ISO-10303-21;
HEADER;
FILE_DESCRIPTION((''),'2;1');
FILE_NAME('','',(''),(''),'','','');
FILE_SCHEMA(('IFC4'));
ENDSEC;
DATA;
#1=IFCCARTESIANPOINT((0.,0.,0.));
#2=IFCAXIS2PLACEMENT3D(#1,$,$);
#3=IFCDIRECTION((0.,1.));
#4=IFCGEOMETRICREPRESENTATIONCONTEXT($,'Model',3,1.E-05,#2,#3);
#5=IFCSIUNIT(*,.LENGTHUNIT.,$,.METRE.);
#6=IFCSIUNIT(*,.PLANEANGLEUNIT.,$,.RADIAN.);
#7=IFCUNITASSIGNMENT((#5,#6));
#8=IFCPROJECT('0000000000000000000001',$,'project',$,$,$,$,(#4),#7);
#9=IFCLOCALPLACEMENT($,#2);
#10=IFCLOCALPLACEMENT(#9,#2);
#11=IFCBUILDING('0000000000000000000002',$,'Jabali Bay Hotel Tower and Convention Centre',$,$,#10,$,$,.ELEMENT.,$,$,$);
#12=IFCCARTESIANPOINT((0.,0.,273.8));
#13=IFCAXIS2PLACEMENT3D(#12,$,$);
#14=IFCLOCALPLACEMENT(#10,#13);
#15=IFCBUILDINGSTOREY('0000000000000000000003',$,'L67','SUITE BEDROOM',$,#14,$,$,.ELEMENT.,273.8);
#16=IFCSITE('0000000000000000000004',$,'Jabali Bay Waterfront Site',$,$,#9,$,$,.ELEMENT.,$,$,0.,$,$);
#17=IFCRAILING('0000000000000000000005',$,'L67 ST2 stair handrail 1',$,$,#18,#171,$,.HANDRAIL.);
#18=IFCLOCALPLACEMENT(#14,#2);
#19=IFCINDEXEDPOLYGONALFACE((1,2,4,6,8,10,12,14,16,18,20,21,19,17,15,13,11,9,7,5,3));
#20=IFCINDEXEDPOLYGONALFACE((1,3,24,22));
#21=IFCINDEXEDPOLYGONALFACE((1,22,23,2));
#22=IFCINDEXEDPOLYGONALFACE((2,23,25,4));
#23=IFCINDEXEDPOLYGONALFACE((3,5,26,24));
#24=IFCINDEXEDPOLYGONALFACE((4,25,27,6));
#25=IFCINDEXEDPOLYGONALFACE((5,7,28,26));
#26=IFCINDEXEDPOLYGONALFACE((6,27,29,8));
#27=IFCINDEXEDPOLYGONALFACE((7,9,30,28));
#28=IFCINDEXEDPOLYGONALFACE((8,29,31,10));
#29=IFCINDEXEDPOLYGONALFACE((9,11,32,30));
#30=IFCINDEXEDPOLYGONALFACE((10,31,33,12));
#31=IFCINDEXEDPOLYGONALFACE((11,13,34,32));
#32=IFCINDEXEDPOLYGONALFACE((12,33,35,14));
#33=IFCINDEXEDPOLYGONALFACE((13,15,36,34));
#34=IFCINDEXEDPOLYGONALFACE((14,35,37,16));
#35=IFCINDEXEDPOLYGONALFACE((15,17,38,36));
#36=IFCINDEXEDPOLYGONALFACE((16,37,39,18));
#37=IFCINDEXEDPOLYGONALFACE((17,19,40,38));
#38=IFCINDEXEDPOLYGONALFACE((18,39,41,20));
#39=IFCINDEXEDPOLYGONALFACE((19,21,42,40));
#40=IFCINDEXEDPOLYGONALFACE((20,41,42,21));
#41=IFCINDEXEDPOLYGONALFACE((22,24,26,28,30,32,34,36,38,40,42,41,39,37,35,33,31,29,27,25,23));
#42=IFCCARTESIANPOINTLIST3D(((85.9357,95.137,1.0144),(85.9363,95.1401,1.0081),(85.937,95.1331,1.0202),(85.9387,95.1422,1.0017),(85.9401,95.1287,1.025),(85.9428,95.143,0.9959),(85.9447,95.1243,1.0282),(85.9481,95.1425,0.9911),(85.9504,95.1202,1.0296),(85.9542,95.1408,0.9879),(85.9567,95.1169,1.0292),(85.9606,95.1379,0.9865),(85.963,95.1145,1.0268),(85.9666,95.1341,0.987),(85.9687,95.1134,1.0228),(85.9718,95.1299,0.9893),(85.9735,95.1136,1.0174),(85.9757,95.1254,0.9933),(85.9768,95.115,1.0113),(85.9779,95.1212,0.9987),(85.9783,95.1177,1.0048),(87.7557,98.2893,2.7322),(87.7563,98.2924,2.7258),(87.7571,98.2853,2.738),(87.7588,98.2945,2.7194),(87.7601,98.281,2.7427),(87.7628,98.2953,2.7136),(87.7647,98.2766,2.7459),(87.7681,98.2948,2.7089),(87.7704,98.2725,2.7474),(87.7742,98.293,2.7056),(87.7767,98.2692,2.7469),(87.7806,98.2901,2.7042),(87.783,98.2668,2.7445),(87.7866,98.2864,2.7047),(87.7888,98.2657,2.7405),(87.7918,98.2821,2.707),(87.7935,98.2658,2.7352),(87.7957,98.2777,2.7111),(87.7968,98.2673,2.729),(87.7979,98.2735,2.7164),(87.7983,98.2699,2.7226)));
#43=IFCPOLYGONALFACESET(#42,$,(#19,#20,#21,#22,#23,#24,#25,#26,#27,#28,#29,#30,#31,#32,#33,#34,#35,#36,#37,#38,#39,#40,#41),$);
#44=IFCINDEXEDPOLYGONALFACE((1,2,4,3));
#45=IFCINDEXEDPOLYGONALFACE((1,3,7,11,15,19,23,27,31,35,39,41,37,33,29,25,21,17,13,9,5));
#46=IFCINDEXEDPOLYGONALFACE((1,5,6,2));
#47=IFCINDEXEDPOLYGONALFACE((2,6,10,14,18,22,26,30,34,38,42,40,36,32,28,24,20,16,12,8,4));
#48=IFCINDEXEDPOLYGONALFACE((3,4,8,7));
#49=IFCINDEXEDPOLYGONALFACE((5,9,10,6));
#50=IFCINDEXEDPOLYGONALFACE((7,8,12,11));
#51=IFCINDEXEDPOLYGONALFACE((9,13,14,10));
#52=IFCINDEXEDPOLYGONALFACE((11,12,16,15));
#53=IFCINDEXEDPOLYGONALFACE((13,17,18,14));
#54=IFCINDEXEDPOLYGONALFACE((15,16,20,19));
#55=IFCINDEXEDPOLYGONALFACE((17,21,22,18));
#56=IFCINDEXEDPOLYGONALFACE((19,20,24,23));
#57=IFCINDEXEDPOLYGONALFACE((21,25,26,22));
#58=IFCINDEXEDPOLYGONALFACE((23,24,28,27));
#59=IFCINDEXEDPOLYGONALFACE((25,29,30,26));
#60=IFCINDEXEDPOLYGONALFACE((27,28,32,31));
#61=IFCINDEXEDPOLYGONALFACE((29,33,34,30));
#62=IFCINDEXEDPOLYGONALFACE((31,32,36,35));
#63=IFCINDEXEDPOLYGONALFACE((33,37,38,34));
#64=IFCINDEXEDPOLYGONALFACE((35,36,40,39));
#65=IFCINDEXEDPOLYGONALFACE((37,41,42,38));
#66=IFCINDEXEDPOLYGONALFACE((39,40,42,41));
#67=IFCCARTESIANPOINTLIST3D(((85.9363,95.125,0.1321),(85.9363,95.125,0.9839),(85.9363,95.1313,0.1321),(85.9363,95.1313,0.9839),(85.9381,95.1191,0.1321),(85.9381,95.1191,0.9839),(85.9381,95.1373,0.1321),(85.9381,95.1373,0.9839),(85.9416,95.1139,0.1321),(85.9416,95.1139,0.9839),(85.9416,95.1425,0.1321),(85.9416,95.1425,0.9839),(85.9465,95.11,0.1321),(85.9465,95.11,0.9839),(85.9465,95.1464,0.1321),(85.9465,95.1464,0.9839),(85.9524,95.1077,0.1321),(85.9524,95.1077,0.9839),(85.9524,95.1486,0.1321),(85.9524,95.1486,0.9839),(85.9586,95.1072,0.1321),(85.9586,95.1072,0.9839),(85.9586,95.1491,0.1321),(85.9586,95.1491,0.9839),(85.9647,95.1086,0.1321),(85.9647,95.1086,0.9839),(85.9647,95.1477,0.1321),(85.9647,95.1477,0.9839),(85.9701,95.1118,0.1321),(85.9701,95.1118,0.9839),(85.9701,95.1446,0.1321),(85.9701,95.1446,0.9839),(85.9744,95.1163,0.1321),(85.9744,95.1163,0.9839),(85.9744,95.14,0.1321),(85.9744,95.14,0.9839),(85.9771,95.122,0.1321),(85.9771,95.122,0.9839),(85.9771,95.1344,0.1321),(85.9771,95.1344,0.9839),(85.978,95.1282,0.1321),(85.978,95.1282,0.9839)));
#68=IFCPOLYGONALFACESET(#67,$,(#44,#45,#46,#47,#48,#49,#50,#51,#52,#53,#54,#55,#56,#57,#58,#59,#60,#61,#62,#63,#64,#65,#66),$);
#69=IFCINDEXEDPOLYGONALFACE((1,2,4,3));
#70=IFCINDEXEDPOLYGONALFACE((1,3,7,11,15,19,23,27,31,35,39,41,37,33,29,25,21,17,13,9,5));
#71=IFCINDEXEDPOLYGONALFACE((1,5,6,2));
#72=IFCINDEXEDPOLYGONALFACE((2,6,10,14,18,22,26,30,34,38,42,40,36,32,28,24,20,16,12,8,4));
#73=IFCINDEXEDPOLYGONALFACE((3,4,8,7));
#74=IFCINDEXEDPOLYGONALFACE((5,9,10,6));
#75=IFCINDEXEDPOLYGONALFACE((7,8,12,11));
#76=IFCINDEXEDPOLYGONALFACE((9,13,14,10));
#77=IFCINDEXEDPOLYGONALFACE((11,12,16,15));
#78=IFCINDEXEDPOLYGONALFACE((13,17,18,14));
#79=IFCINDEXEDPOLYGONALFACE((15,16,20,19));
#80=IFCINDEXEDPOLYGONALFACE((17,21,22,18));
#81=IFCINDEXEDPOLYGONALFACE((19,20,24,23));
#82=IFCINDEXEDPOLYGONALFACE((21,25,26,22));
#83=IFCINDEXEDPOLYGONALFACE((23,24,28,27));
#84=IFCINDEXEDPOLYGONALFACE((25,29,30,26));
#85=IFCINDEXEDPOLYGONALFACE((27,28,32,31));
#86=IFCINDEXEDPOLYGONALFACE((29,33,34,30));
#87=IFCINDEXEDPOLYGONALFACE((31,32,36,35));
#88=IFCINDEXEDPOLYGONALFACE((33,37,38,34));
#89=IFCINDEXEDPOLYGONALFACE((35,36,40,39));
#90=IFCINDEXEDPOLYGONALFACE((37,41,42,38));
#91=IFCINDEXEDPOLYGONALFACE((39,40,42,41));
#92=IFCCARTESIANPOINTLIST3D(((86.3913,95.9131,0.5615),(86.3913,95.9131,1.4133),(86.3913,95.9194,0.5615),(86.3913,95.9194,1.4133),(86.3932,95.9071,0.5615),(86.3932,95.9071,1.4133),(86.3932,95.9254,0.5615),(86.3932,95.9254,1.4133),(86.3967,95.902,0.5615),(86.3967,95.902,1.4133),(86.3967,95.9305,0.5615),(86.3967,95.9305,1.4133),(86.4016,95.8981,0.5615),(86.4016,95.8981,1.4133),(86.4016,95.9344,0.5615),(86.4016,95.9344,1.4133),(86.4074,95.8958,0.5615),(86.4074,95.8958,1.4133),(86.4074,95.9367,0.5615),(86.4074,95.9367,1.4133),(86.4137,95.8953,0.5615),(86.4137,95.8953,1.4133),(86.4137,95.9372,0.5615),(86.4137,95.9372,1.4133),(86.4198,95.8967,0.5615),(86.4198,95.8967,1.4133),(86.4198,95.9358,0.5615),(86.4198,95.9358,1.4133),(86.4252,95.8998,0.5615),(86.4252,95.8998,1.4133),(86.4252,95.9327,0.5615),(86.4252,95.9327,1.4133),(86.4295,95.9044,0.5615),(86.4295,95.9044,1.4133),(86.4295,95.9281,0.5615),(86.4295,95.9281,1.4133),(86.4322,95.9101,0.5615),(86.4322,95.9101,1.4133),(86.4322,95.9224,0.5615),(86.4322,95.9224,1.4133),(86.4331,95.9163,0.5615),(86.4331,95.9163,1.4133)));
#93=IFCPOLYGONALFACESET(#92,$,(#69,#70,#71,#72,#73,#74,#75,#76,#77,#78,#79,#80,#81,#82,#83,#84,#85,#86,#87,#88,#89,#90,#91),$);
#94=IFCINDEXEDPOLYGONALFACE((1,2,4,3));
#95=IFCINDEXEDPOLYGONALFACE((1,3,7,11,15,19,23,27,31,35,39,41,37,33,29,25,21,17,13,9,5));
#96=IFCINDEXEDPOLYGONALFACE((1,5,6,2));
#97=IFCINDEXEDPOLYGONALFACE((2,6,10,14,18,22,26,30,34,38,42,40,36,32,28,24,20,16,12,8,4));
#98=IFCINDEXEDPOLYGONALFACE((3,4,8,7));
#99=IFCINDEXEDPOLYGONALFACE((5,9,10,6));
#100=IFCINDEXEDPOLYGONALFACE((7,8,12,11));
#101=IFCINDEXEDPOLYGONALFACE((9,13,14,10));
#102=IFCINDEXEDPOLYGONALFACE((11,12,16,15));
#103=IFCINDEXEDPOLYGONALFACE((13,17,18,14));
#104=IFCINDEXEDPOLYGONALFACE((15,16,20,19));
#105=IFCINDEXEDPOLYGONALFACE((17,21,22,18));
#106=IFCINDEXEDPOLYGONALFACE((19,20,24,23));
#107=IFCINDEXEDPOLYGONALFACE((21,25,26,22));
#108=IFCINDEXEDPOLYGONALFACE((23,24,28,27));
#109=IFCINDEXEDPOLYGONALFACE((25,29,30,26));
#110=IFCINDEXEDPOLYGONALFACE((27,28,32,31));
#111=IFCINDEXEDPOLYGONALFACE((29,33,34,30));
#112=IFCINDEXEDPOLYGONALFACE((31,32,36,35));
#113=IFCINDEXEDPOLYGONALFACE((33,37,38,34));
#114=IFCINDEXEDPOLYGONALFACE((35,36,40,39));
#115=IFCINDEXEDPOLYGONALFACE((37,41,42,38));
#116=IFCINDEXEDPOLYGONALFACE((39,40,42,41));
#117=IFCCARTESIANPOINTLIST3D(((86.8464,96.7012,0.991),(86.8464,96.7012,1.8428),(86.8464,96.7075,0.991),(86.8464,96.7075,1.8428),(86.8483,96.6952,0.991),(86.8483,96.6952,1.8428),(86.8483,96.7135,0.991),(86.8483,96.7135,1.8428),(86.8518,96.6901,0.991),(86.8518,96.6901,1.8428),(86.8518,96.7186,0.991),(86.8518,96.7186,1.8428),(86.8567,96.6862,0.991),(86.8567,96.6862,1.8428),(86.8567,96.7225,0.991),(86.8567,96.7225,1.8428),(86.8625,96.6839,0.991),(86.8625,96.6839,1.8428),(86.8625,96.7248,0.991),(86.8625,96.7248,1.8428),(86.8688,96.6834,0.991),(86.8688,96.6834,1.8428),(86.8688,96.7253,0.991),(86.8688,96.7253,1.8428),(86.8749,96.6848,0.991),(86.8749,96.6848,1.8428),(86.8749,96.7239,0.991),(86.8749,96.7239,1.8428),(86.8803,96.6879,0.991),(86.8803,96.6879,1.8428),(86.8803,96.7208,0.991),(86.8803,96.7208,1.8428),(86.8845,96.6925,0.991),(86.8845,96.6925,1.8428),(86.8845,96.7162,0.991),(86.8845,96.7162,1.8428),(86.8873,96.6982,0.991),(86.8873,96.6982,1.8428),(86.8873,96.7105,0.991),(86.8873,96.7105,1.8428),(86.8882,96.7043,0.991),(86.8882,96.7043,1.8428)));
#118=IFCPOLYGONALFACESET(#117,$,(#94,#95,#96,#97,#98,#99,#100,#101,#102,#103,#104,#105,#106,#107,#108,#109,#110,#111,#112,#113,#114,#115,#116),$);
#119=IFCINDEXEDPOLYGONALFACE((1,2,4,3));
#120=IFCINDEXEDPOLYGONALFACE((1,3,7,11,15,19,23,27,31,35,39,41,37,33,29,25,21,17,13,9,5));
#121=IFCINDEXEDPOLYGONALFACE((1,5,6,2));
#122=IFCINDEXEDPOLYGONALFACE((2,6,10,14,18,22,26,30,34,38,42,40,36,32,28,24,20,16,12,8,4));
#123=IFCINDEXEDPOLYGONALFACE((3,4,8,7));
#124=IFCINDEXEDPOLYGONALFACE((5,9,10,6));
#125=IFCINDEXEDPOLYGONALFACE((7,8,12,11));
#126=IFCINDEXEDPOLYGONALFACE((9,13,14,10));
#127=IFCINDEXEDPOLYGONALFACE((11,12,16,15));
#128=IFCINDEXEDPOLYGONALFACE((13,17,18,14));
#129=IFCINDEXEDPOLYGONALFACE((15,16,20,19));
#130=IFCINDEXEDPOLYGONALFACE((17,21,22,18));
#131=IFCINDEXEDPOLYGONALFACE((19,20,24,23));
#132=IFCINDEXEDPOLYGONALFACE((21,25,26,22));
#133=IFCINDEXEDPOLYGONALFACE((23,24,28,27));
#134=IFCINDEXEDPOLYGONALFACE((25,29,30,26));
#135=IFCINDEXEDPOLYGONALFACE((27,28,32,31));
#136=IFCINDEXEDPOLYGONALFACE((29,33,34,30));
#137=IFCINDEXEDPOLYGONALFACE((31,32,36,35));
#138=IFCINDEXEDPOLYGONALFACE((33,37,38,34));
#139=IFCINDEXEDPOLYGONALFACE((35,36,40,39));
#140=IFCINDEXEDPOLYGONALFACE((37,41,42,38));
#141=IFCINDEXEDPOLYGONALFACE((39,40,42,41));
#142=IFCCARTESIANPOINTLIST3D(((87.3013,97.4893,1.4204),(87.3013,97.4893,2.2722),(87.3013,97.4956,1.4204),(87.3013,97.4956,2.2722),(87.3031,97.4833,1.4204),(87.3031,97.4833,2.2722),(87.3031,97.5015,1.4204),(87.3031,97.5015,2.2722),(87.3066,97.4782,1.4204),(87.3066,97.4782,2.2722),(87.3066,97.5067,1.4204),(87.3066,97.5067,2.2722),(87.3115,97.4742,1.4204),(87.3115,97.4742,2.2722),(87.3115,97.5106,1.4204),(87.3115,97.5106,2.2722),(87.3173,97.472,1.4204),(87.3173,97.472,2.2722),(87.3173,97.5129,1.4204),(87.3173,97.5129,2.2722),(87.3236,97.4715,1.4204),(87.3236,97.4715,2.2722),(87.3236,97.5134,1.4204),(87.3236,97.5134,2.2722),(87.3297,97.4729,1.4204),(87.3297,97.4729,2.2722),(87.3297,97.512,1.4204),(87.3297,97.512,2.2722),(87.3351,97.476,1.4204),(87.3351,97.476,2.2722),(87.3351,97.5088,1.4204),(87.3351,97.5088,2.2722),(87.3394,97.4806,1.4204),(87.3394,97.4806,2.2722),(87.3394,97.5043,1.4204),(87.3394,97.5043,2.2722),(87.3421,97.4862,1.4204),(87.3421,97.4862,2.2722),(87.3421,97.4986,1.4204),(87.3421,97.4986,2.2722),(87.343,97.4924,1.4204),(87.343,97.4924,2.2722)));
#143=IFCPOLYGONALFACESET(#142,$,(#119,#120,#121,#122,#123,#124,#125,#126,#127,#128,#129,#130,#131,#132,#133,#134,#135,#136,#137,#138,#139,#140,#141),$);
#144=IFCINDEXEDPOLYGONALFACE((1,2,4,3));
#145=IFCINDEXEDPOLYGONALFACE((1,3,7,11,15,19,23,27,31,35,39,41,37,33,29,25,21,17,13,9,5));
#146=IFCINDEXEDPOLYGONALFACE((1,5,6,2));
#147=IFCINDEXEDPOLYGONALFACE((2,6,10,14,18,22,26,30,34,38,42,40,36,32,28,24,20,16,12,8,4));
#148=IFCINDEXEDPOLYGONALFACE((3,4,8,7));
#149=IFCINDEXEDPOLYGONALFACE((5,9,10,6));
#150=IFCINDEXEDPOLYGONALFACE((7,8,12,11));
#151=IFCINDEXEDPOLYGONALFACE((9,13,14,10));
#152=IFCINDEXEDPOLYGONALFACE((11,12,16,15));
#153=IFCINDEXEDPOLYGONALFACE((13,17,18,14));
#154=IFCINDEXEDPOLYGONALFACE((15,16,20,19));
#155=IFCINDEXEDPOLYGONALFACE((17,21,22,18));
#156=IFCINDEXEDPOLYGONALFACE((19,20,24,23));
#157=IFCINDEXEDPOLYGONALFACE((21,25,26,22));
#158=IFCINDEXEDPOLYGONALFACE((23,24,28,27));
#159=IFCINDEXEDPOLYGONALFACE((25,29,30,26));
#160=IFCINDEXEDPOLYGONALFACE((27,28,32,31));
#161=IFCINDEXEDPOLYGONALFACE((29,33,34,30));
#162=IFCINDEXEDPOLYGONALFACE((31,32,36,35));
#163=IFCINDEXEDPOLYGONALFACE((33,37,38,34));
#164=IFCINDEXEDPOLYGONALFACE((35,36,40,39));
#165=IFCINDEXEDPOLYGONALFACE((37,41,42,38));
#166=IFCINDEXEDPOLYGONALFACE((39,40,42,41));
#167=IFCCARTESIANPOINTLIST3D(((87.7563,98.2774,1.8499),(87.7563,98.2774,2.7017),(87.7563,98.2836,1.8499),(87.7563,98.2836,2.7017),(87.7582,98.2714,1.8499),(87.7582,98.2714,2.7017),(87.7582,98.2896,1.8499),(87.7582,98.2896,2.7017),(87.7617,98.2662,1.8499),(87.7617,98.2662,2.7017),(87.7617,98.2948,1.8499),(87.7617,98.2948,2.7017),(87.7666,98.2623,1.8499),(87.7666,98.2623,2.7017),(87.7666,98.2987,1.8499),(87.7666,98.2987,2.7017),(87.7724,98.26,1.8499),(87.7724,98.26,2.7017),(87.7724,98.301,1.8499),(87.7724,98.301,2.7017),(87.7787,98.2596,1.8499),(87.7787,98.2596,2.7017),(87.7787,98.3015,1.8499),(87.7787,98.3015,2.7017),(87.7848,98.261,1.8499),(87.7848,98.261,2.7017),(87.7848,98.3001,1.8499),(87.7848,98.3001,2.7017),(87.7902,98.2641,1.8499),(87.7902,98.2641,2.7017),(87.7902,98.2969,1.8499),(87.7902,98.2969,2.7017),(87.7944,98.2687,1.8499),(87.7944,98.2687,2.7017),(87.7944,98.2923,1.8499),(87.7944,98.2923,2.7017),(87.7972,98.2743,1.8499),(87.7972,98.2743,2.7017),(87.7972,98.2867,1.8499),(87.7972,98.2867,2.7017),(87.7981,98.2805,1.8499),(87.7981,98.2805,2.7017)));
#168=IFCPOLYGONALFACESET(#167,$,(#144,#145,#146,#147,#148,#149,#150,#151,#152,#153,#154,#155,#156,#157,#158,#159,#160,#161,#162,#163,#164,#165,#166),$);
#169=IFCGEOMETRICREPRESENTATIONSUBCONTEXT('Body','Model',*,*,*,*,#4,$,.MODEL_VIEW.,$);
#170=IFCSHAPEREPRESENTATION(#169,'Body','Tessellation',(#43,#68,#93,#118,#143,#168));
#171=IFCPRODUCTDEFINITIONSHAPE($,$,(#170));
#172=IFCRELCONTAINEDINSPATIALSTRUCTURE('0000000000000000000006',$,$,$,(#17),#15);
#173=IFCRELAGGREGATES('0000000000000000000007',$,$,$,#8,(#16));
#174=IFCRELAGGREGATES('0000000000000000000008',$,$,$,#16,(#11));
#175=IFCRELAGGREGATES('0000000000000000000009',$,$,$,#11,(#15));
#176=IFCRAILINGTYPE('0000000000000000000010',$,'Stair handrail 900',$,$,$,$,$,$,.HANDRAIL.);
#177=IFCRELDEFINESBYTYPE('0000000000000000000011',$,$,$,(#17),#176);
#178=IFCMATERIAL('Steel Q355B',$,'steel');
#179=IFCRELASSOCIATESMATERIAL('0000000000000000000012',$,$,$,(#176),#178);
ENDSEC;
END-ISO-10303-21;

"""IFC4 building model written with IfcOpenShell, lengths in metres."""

from ifc_helpers import new_model, si_unit, direction, frame, origin, origin_2d, place, context, subcontext, project, spatial, circle, extrude, material, type_object, element, save


model = new_model("IFC4")

# Units and contexts
model_context = context("Model", 3, precision=1e-05, world=origin(), true_north=direction((0.0, 1.0)))
body_context = subcontext(model_context, "Body", "Model", "MODEL_VIEW")
ifc_project = project(units=[si_unit("LENGTHUNIT", "METRE"), si_unit("PLANEANGLEUNIT", "RADIAN")], contexts=[model_context])

# Site, building, storey
site_placement = place(None, origin())
site = spatial("IfcSite", under=ifc_project, at=site_placement, Name="Jabali Bay Waterfront Site", CompositionType="ELEMENT", RefElevation=0.0)
building_placement = place(site_placement, origin())
building = spatial("IfcBuilding", under=site, at=building_placement, Name="Jabali Bay Hotel Tower and Convention Centre", CompositionType="ELEMENT")
storey_placement = place(building_placement, frame((0.0, 0.0, 273.8)))
storey = spatial("IfcBuildingStorey", under=building, at=storey_placement, Name="L67", Description="SUITE BEDROOM", CompositionType="ELEMENT", Elevation=273.8)

# Railing
ifc_material_1 = material(Name="Steel Q355B", Category="steel")
railing_type_1 = type_object("IfcRailingType", Name="Stair handrail 900", PredefinedType="HANDRAIL", material=ifc_material_1)
railing_1_placement = place(storey_placement, frame((85.957, 95.1282, 0.1321)))
element("IfcRailing", 1, at=railing_1_placement, inside=storey, type_object=railing_type_1, Name="L67 ST2 stair handrail 1", PredefinedType="HANDRAIL", context=body_context, shape_type="SweptSolid", body=[
    extrude(circle(Radius=0.0239, at=origin_2d()), frame((0.0, 0.0, 0.876), z_axis=(0.45219, 0.78319, 0.426775), x_axis=(-0.866018, 0.500013, 0.0)), (0.0, 0.0, 1.0), 4.0249),
    extrude(circle(Radius=0.021, at=origin_2d()), origin(), (0.0, 0.0, 1.0), 0.8518),
    extrude(circle(Radius=0.021, at=origin_2d()), frame((0.4551, 0.7881, 0.4294)), (0.0, 0.0, 1.0), 0.8518),
    extrude(circle(Radius=0.021, at=origin_2d()), frame((0.9102, 1.5762, 0.8589)), (0.0, 0.0, 1.0), 0.8518),
    extrude(circle(Radius=0.021, at=origin_2d()), frame((1.365, 2.3643, 1.2883)), (0.0, 0.0, 1.0), 0.8518),
    extrude(circle(Radius=0.021, at=origin_2d()), frame((1.8201, 3.1523, 1.7178)), (0.0, 0.0, 1.0), 0.8518),
])

save(model, "model.ifc")
